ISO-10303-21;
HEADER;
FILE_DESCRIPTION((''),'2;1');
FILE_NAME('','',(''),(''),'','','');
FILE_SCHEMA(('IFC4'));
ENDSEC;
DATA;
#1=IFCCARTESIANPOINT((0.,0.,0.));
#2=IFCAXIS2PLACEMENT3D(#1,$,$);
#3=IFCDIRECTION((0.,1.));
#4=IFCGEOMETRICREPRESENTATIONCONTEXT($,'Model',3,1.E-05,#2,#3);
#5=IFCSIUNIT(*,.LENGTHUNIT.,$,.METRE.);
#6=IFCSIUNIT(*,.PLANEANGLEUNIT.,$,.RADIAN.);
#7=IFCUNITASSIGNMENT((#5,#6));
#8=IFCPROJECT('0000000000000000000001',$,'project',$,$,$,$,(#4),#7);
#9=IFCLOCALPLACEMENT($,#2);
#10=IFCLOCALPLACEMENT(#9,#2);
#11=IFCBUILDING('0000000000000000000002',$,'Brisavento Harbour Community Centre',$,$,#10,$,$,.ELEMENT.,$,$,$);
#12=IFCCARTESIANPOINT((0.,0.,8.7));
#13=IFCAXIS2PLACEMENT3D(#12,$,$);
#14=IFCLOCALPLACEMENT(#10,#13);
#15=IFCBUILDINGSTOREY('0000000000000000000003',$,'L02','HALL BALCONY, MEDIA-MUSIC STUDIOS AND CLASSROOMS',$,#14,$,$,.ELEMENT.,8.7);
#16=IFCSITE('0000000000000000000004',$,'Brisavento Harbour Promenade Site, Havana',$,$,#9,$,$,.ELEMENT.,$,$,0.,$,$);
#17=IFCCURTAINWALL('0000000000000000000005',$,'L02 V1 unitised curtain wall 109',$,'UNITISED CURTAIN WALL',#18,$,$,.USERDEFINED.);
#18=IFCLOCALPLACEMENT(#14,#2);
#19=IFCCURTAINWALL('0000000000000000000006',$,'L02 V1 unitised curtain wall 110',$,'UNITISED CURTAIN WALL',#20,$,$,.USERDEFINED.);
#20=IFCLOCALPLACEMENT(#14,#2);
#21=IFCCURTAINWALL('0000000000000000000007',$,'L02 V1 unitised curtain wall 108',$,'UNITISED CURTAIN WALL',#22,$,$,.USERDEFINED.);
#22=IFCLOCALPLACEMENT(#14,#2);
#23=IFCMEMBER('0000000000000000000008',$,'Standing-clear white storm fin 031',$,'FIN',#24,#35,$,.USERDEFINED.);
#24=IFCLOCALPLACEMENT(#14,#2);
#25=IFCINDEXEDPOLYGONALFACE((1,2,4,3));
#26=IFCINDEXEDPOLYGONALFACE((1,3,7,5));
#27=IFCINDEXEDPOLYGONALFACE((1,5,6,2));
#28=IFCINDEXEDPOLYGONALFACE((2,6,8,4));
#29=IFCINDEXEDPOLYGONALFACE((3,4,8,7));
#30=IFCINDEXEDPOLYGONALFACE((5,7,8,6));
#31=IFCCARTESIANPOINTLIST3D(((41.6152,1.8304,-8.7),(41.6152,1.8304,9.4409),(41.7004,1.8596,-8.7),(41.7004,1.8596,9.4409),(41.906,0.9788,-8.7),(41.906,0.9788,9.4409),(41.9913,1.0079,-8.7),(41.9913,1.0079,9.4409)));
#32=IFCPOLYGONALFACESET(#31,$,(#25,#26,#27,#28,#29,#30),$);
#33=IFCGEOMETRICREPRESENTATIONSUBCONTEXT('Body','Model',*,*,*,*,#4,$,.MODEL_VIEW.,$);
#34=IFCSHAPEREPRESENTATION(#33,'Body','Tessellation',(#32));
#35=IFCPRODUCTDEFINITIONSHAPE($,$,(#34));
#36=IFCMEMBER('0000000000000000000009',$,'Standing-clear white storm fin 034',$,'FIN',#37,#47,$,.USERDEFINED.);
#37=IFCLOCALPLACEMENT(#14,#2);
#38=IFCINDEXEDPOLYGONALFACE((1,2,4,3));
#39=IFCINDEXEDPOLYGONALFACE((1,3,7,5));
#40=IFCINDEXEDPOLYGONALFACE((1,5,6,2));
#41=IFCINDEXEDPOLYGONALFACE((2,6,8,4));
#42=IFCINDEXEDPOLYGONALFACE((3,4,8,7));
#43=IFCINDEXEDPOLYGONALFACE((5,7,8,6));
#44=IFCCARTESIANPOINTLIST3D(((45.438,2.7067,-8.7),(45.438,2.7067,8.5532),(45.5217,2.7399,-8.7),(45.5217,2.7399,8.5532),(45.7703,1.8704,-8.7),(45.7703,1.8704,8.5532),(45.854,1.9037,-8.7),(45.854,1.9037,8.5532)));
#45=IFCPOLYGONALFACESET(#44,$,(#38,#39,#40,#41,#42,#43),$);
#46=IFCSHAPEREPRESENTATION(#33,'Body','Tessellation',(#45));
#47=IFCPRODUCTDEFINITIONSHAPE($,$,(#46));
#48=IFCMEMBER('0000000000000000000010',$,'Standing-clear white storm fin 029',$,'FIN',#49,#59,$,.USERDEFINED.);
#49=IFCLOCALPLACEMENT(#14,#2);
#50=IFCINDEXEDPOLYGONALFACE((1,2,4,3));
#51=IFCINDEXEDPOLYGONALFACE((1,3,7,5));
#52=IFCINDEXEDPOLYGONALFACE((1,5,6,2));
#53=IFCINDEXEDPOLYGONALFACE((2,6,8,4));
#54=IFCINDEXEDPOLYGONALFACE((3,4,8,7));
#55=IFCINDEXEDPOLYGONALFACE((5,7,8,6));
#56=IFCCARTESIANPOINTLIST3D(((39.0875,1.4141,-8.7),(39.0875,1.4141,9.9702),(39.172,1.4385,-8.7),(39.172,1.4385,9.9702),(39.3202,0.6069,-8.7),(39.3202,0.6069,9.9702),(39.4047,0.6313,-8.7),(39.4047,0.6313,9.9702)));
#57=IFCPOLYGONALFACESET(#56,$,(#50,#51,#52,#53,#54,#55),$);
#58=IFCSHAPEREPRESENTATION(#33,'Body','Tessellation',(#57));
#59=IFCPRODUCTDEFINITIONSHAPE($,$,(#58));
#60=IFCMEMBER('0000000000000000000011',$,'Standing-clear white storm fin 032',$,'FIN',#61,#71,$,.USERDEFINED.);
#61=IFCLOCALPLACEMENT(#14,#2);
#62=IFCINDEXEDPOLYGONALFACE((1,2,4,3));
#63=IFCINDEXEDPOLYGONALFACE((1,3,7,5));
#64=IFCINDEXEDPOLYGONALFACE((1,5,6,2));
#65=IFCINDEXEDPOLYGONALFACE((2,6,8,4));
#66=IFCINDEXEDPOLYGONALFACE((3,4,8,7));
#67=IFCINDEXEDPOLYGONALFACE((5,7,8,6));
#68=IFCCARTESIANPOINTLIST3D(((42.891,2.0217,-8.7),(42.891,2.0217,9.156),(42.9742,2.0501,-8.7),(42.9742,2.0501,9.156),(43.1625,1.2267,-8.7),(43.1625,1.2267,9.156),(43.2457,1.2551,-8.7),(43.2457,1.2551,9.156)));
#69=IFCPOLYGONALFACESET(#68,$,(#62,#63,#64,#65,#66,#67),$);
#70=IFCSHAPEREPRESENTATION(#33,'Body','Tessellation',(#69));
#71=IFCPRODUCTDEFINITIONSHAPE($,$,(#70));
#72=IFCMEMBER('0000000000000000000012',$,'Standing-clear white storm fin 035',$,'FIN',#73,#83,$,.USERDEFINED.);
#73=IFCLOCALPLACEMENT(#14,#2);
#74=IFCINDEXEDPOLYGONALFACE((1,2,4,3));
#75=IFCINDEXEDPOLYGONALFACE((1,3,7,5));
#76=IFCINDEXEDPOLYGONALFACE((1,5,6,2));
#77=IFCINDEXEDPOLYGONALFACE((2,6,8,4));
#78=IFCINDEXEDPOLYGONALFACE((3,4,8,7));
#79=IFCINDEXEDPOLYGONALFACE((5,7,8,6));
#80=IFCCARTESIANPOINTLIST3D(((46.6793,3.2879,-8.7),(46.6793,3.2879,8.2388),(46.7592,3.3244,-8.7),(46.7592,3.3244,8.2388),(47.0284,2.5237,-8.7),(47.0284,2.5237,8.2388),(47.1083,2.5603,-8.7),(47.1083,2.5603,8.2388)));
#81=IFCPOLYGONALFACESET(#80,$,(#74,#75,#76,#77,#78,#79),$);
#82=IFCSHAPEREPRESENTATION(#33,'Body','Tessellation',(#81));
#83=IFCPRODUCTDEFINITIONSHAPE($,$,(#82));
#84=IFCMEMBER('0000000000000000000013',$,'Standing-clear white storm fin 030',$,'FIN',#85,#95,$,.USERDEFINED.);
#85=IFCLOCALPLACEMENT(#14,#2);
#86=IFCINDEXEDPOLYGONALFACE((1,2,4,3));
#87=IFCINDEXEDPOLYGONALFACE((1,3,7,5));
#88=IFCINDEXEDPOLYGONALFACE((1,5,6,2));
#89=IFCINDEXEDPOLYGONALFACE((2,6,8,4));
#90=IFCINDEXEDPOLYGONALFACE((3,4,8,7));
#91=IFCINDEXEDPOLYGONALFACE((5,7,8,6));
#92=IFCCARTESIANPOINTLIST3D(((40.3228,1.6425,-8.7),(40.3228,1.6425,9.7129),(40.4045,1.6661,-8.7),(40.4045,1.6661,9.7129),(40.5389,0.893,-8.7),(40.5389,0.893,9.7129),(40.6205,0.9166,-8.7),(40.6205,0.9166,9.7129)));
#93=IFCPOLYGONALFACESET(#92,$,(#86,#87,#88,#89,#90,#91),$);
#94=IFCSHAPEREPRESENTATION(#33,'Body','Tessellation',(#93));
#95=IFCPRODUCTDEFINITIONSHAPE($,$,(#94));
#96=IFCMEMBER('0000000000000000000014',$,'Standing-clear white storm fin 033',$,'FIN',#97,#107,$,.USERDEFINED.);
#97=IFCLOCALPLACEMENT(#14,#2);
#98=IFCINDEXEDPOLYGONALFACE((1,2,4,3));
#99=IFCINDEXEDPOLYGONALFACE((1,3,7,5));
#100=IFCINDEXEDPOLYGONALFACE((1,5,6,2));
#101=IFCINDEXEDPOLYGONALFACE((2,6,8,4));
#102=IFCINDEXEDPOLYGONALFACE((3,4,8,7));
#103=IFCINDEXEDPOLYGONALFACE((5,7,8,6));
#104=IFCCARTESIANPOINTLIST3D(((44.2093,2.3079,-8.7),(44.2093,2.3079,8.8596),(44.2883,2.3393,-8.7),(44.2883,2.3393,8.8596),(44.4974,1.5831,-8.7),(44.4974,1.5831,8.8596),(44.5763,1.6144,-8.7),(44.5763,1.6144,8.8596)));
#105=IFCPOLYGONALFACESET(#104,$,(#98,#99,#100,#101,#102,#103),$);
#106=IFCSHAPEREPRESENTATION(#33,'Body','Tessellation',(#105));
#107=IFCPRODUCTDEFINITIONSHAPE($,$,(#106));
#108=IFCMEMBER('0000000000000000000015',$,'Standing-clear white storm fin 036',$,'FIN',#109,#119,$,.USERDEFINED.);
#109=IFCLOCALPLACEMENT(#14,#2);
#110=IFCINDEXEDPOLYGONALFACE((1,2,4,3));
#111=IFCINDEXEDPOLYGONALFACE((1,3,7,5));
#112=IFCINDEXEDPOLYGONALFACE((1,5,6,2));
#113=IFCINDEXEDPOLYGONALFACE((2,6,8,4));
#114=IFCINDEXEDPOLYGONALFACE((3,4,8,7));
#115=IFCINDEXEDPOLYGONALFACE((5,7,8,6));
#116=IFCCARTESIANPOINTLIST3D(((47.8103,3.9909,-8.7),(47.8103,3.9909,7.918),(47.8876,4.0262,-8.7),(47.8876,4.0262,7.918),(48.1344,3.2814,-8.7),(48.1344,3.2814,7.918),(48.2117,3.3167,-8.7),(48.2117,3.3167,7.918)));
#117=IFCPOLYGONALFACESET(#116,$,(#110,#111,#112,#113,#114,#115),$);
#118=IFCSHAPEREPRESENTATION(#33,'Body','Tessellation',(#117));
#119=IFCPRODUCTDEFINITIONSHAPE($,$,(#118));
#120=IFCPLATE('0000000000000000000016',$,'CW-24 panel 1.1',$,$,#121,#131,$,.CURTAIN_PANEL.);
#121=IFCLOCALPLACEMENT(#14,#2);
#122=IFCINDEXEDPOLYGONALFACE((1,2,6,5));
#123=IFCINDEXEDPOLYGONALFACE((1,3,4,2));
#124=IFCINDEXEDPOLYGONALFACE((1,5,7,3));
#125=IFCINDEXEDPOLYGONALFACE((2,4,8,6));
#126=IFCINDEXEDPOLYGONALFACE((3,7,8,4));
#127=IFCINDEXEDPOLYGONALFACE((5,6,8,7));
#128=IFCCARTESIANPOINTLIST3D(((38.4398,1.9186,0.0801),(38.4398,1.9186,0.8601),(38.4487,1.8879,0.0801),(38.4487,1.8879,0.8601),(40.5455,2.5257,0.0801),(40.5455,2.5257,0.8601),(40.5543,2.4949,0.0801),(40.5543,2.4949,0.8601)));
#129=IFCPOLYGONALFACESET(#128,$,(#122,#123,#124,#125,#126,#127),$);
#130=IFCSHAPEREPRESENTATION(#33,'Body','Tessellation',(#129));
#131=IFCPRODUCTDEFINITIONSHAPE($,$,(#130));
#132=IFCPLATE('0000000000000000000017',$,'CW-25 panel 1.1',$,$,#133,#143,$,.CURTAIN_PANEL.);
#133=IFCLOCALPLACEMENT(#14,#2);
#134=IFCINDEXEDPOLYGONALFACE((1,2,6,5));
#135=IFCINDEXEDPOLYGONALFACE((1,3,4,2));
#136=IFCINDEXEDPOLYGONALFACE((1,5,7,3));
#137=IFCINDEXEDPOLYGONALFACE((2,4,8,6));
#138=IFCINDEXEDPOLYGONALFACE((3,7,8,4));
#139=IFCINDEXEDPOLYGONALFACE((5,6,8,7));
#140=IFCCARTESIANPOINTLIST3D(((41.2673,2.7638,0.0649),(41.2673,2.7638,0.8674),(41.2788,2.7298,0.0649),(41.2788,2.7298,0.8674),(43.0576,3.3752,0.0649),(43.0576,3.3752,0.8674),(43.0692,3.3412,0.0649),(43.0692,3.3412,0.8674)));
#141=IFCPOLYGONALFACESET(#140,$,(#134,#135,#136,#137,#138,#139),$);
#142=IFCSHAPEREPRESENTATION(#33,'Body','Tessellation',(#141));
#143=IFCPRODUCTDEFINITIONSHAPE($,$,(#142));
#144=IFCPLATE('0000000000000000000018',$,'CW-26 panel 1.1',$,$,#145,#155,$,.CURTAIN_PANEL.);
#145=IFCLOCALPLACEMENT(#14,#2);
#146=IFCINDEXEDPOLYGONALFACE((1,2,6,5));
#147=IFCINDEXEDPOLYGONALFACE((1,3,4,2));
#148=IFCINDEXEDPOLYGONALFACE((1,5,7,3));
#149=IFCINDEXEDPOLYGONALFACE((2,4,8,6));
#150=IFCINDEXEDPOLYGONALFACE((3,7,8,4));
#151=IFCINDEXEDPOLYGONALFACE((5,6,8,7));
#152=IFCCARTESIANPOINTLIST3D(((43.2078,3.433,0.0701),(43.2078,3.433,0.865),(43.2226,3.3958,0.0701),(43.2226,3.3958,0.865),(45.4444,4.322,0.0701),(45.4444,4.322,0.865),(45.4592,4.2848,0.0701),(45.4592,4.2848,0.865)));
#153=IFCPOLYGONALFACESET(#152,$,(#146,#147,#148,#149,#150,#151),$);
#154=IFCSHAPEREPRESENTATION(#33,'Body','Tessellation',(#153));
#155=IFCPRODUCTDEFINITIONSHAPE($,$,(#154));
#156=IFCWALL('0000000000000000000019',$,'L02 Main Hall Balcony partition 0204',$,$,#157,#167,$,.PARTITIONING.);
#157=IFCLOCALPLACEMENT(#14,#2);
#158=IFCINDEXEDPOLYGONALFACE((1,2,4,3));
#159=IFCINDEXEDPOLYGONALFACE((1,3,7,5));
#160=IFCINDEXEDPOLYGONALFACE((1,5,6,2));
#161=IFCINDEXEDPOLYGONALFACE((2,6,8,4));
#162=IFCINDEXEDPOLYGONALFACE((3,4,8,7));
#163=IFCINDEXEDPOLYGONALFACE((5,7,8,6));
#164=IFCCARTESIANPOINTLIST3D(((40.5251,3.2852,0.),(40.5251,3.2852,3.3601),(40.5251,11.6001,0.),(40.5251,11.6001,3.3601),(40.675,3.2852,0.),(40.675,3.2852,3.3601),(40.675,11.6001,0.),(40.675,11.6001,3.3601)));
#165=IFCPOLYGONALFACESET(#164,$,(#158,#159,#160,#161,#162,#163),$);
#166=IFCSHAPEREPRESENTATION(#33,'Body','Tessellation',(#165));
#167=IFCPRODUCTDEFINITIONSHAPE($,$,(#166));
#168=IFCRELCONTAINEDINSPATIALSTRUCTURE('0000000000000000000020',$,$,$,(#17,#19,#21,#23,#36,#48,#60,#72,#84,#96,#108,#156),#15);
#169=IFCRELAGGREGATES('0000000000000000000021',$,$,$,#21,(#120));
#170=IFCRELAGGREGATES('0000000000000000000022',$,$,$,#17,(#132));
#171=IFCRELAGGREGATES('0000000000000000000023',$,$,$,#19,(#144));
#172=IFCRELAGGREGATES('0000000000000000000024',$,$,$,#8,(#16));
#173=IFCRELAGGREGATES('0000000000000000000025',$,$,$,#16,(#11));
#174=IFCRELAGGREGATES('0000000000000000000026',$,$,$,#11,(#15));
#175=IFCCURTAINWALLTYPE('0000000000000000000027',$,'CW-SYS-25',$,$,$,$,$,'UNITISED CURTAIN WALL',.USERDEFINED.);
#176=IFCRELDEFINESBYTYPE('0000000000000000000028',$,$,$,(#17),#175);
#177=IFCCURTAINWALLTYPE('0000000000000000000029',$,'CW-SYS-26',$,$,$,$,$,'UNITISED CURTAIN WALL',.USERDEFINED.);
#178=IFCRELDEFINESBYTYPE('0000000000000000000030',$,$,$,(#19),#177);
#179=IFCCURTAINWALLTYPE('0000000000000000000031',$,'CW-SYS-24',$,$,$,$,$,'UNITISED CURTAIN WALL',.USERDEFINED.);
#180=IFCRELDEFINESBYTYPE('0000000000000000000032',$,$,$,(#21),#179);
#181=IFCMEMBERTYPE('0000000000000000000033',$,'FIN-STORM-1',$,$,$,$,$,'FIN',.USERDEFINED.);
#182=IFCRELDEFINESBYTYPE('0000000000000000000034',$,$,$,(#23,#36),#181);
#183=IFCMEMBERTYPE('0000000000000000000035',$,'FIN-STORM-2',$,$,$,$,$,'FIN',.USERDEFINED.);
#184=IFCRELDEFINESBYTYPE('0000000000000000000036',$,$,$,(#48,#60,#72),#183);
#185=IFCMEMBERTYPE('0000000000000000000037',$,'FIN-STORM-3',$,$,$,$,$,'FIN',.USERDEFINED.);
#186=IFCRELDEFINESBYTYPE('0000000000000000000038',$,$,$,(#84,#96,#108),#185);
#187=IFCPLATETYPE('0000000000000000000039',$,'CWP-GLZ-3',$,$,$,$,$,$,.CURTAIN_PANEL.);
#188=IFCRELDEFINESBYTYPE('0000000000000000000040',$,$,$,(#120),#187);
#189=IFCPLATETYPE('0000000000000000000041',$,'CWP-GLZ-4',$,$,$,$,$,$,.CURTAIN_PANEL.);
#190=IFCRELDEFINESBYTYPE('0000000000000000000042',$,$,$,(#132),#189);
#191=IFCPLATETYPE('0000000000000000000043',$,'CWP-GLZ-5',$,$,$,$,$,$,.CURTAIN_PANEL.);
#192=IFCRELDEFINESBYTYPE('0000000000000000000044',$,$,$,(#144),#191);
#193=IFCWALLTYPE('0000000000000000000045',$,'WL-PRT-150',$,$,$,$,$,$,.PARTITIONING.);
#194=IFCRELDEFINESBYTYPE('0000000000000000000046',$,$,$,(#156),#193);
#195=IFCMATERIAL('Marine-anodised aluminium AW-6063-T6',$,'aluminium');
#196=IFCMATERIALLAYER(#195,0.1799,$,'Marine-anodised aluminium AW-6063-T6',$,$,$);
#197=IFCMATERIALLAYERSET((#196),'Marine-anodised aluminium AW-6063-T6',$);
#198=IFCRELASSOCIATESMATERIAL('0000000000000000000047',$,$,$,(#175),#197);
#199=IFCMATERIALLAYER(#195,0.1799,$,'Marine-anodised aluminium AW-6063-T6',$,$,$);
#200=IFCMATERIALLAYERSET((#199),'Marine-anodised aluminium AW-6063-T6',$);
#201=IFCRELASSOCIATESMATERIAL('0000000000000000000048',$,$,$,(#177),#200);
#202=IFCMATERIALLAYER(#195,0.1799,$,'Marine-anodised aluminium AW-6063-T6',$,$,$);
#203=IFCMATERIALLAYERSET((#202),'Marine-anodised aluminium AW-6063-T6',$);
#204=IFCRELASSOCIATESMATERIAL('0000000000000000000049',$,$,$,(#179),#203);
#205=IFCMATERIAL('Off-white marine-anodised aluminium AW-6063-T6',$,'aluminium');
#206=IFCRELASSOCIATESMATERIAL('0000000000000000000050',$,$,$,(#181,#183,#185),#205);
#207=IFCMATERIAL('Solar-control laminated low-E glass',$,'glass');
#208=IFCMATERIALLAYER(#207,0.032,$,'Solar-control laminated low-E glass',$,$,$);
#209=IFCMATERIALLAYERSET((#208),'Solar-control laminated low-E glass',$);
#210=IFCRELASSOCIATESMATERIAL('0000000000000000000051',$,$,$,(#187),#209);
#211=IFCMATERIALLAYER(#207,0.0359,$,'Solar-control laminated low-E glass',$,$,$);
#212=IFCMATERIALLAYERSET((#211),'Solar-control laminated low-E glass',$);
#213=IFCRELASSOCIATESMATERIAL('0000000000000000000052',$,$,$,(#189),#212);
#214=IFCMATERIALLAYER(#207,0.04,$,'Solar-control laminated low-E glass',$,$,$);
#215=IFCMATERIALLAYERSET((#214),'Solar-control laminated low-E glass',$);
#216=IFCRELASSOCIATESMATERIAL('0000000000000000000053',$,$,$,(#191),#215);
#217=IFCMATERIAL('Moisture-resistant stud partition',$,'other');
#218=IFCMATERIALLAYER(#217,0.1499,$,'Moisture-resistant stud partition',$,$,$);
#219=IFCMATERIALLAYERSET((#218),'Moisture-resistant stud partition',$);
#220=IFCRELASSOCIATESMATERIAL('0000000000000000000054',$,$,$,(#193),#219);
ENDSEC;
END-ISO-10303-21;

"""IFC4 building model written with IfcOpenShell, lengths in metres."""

from ifc_helpers import new_model, si_unit, direction, frame, frame_2d, origin, origin_2d, place, context, subcontext, project, spatial, rectangle, extrude, material, layer, layer_set, material_profile, profile_set, type_object, element, aggregate, save


model = new_model("IFC4")

# Units and contexts
model_context = context("Model", 3, precision=1e-05, world=origin(), true_north=direction((0.0, 1.0)))
body_context = subcontext(model_context, "Body", "Model", "MODEL_VIEW")
ifc_project = project(units=[si_unit("LENGTHUNIT", "METRE"), si_unit("PLANEANGLEUNIT", "RADIAN")], contexts=[model_context])

# Site, building, storey
site_placement = place(None, origin())
site = spatial("IfcSite", under=ifc_project, at=site_placement, Name="Brisavento Harbour Promenade Site, Havana", CompositionType="ELEMENT", RefElevation=0.0)
building_placement = place(site_placement, origin())
building = spatial("IfcBuilding", under=site, at=building_placement, Name="Brisavento Harbour Community Centre", CompositionType="ELEMENT")
storey_placement = place(building_placement, frame((0.0, 0.0, 8.7)))
storey = spatial("IfcBuildingStorey", under=building, at=storey_placement, Name="L02", Description="HALL BALCONY, MEDIA-MUSIC STUDIOS AND CLASSROOMS", CompositionType="ELEMENT", Elevation=8.7)

# Curtain wall
ifc_material_1 = material(Name="Marine-anodised aluminium AW-6063-T6", Category="aluminium")
ifc_layer_1 = layer(ifc_material_1, 0.1799, Name="Marine-anodised aluminium AW-6063-T6")
ifc_layer_set_1 = layer_set([ifc_layer_1], Name="Marine-anodised aluminium AW-6063-T6")
curtain_wall_type_1 = type_object("IfcCurtainWallType", Name="CW-SYS-25", ElementType="UNITISED CURTAIN WALL", PredefinedType="USERDEFINED", material=ifc_layer_set_1)
curtain_wall_1_placement = place(storey_placement, origin())
curtain_wall_1 = element("IfcCurtainWall", 1, at=curtain_wall_1_placement, inside=storey, type_object=curtain_wall_type_1, Name="L02 V1 unitised curtain wall 109", ObjectType="UNITISED CURTAIN WALL", PredefinedType="USERDEFINED")

# Curtain wall
ifc_layer_2 = layer(ifc_material_1, 0.1799, Name="Marine-anodised aluminium AW-6063-T6")
ifc_layer_set_2 = layer_set([ifc_layer_2], Name="Marine-anodised aluminium AW-6063-T6")
curtain_wall_type_2 = type_object("IfcCurtainWallType", Name="CW-SYS-26", ElementType="UNITISED CURTAIN WALL", PredefinedType="USERDEFINED", material=ifc_layer_set_2)
curtain_wall_2_placement = place(storey_placement, origin())
curtain_wall_2 = element("IfcCurtainWall", 2, at=curtain_wall_2_placement, inside=storey, type_object=curtain_wall_type_2, Name="L02 V1 unitised curtain wall 110", ObjectType="UNITISED CURTAIN WALL", PredefinedType="USERDEFINED")

# Curtain wall
ifc_layer_3 = layer(ifc_material_1, 0.1799, Name="Marine-anodised aluminium AW-6063-T6")
ifc_layer_set_3 = layer_set([ifc_layer_3], Name="Marine-anodised aluminium AW-6063-T6")
curtain_wall_type_3 = type_object("IfcCurtainWallType", Name="CW-SYS-24", ElementType="UNITISED CURTAIN WALL", PredefinedType="USERDEFINED", material=ifc_layer_set_3)
curtain_wall_3_placement = place(storey_placement, origin())
curtain_wall_3 = element("IfcCurtainWall", 3, at=curtain_wall_3_placement, inside=storey, type_object=curtain_wall_type_3, Name="L02 V1 unitised curtain wall 108", ObjectType="UNITISED CURTAIN WALL", PredefinedType="USERDEFINED")

# Members
ifc_material_2 = material(Name="Off-white marine-anodised aluminium AW-6063-T6", Category="aluminium")
ifc_material_profile_1 = material_profile(ifc_material_2, rectangle(XDim=0.0901, YDim=0.8999, at=origin_2d()), Name="Off-white marine-anodised aluminium AW-6063-T6")
ifc_profile_set_1 = profile_set([ifc_material_profile_1], Name="Off-white marine-anodised aluminium AW-6063-T6")
member_type_1 = type_object("IfcMemberType", Name="FIN-STORM-1", ElementType="FIN", PredefinedType="USERDEFINED", material=ifc_profile_set_1)
member_1_placement = place(storey_placement, frame((41.8032, 1.4192, -8.7), z_axis=(0.0, 0.0, 1.0), x_axis=(-0.946339, -0.323174, 0.0)))
element("IfcMember", 4, at=member_1_placement, inside=storey, type_object=member_type_1, Name="Standing-clear white storm fin 031", ObjectType="FIN", PredefinedType="USERDEFINED", context=body_context, shape_type="SweptSolid", body=[
    extrude(rectangle(XDim=0.0901, YDim=0.8999, at=origin_2d()), origin(), (0.0, 0.0, 1.0), 18.1409),
])
member_2_placement = place(storey_placement, frame((45.646, 2.3052, -8.7), z_axis=(0.0, 0.0, 1.0), x_axis=(-0.929294, -0.369341, 0.0)))
element("IfcMember", 5, at=member_2_placement, inside=storey, type_object=member_type_1, Name="Standing-clear white storm fin 034", ObjectType="FIN", PredefinedType="USERDEFINED", context=body_context, shape_type="SweptSolid", body=[
    extrude(rectangle(XDim=0.0901, YDim=0.8999, at=origin_2d()), origin(), (0.0, 0.0, 1.0), 17.2532),
])
ifc_material_profile_2 = material_profile(ifc_material_2, rectangle(XDim=0.0879, YDim=0.8401, at=origin_2d()), Name="Off-white marine-anodised aluminium AW-6063-T6")
ifc_profile_set_2 = profile_set([ifc_material_profile_2], Name="Off-white marine-anodised aluminium AW-6063-T6")
member_type_2 = type_object("IfcMemberType", Name="FIN-STORM-2", ElementType="FIN", PredefinedType="USERDEFINED", material=ifc_profile_set_2)
member_3_placement = place(storey_placement, frame((39.2461, 1.0227, -8.7), z_axis=(0.0, 0.0, 1.0), x_axis=(-0.960871, -0.276996, 0.0)))
element("IfcMember", 6, at=member_3_placement, inside=storey, type_object=member_type_2, Name="Standing-clear white storm fin 029", ObjectType="FIN", PredefinedType="USERDEFINED", context=body_context, shape_type="SweptSolid", body=[
    extrude(rectangle(XDim=0.0879, YDim=0.8401, at=origin_2d()), origin(), (0.0, 0.0, 1.0), 18.6702),
])
member_4_placement = place(storey_placement, frame((43.0684, 1.6384, -8.7), z_axis=(0.0, 0.0, 1.0), x_axis=(-0.946339, -0.323174, 0.0)))
element("IfcMember", 7, at=member_4_placement, inside=storey, type_object=member_type_2, Name="Standing-clear white storm fin 032", ObjectType="FIN", PredefinedType="USERDEFINED", context=body_context, shape_type="SweptSolid", body=[
    extrude(rectangle(XDim=0.0879, YDim=0.8401, at=origin_2d()), origin(), (0.0, 0.0, 1.0), 17.856),
])
member_5_placement = place(storey_placement, frame((46.8938, 2.9241, -8.7), z_axis=(0.0, 0.0, 1.0), x_axis=(-0.909585, -0.415519, 0.0)))
element("IfcMember", 8, at=member_5_placement, inside=storey, type_object=member_type_2, Name="Standing-clear white storm fin 035", ObjectType="FIN", PredefinedType="USERDEFINED", context=body_context, shape_type="SweptSolid", body=[
    extrude(rectangle(XDim=0.0879, YDim=0.8401, at=origin_2d()), origin(), (0.0, 0.0, 1.0), 16.9387),
])
ifc_material_profile_3 = material_profile(ifc_material_2, rectangle(XDim=0.085, YDim=0.78, at=origin_2d()), Name="Off-white marine-anodised aluminium AW-6063-T6")
ifc_profile_set_3 = profile_set([ifc_material_profile_3], Name="Off-white marine-anodised aluminium AW-6063-T6")
member_type_3 = type_object("IfcMemberType", Name="FIN-STORM-3", ElementType="FIN", PredefinedType="USERDEFINED", material=ifc_profile_set_3)
member_6_placement = place(storey_placement, frame((40.4717, 1.2795, -8.7), z_axis=(0.0, 0.0, 1.0), x_axis=(-0.960871, -0.276996, 0.0)))
element("IfcMember", 9, at=member_6_placement, inside=storey, type_object=member_type_3, Name="Standing-clear white storm fin 030", ObjectType="FIN", PredefinedType="USERDEFINED", context=body_context, shape_type="SweptSolid", body=[
    extrude(rectangle(XDim=0.085, YDim=0.78, at=origin_2d()), origin(), (0.0, 0.0, 1.0), 18.4128),
])
member_7_placement = place(storey_placement, frame((44.3928, 1.9612, -8.7), z_axis=(0.0, 0.0, 1.0), x_axis=(-0.929294, -0.369341, 0.0)))
element("IfcMember", 10, at=member_7_placement, inside=storey, type_object=member_type_3, Name="Standing-clear white storm fin 033", ObjectType="FIN", PredefinedType="USERDEFINED", context=body_context, shape_type="SweptSolid", body=[
    extrude(rectangle(XDim=0.085, YDim=0.78, at=origin_2d()), origin(), (0.0, 0.0, 1.0), 17.5596),
])
member_8_placement = place(storey_placement, frame((48.011, 3.6538, -8.7), z_axis=(0.0, 0.0, 1.0), x_axis=(-0.909585, -0.415519, 0.0)))
element("IfcMember", 11, at=member_8_placement, inside=storey, type_object=member_type_3, Name="Standing-clear white storm fin 036", ObjectType="FIN", PredefinedType="USERDEFINED", context=body_context, shape_type="SweptSolid", body=[
    extrude(rectangle(XDim=0.085, YDim=0.78, at=origin_2d()), origin(), (0.0, 0.0, 1.0), 16.6179),
])

# Plates
ifc_material_3 = material(Name="Solar-control laminated low-E glass", Category="glass")
ifc_layer_4 = layer(ifc_material_3, 0.032, Name="Solar-control laminated low-E glass")
ifc_layer_set_4 = layer_set([ifc_layer_4], Name="Solar-control laminated low-E glass")
plate_type_1 = type_object("IfcPlateType", Name="CWP-GLZ-3", PredefinedType="CURTAIN_PANEL", material=ifc_layer_set_4)
plate_1_placement = place(storey_placement, frame((39.4971, 2.2068, 0.0801), z_axis=(0.0, 0.0, 1.0), x_axis=(-0.960866, -0.277012, 0.0)))
plate_1 = element("IfcPlate", 12, at=plate_1_placement, type_object=plate_type_1, Name="CW-24 panel 1.1", PredefinedType="CURTAIN_PANEL", context=body_context, shape_type="SweptSolid", body=[
    extrude(rectangle(XDim=2.1914, YDim=0.032, at=origin_2d()), origin(), (0.0, 0.0, 1.0), 0.78),
])
aggregate(curtain_wall_3, [plate_1])
ifc_layer_5 = layer(ifc_material_3, 0.0359, Name="Solar-control laminated low-E glass")
ifc_layer_set_5 = layer_set([ifc_layer_5], Name="Solar-control laminated low-E glass")
plate_type_2 = type_object("IfcPlateType", Name="CWP-GLZ-4", PredefinedType="CURTAIN_PANEL", material=ifc_layer_set_5)
plate_2_placement = place(storey_placement, frame((42.1682, 3.0525, 0.0649), z_axis=(0.0, 0.0, 1.0), x_axis=(-0.946338, -0.323178, 0.0)))
plate_2 = element("IfcPlate", 13, at=plate_2_placement, type_object=plate_type_2, Name="CW-25 panel 1.1", PredefinedType="CURTAIN_PANEL", context=body_context, shape_type="SweptSolid", body=[
    extrude(rectangle(XDim=1.8918, YDim=0.0359, at=origin_2d()), origin(), (0.0, 0.0, 1.0), 0.8025),
])
aggregate(curtain_wall_1, [plate_2])
ifc_layer_6 = layer(ifc_material_3, 0.04, Name="Solar-control laminated low-E glass")
ifc_layer_set_6 = layer_set([ifc_layer_6], Name="Solar-control laminated low-E glass")
plate_type_3 = type_object("IfcPlateType", Name="CWP-GLZ-5", PredefinedType="CURTAIN_PANEL", material=ifc_layer_set_6)
plate_3_placement = place(storey_placement, frame((44.3335, 3.8589, 0.0701), z_axis=(0.0, 0.0, 1.0), x_axis=(-0.929279, -0.369379, 0.0)))
plate_3 = element("IfcPlate", 14, at=plate_3_placement, type_object=plate_type_3, Name="CW-26 panel 1.1", PredefinedType="CURTAIN_PANEL", context=body_context, shape_type="SweptSolid", body=[
    extrude(rectangle(XDim=2.4067, YDim=0.04, at=origin_2d()), origin(), (0.0, 0.0, 1.0), 0.7949),
])
aggregate(curtain_wall_2, [plate_3])

# Wall
ifc_material_4 = material(Name="Moisture-resistant stud partition", Category="other")
ifc_layer_7 = layer(ifc_material_4, 0.1499, Name="Moisture-resistant stud partition")
ifc_layer_set_7 = layer_set([ifc_layer_7], Name="Moisture-resistant stud partition")
wall_type = type_object("IfcWallType", Name="WL-PRT-150", PredefinedType="PARTITIONING", material=ifc_layer_set_7)
wall_placement = place(storey_placement, frame((40.6001, 3.2852, 0.0), z_axis=(0.0, 0.0, 1.0), x_axis=(0.0, 1.0, 0.0)))
element("IfcWall", 15, at=wall_placement, inside=storey, type_object=wall_type, Name="L02 Main Hall Balcony partition 0204", PredefinedType="PARTITIONING", context=body_context, shape_type="SweptSolid", body=[
    extrude(rectangle(XDim=8.3149, YDim=0.1499, at=frame_2d((4.1575, 0.0))), origin(), (0.0, 0.0, 1.0), 3.3601),
])

save(model, "model.ifc")
